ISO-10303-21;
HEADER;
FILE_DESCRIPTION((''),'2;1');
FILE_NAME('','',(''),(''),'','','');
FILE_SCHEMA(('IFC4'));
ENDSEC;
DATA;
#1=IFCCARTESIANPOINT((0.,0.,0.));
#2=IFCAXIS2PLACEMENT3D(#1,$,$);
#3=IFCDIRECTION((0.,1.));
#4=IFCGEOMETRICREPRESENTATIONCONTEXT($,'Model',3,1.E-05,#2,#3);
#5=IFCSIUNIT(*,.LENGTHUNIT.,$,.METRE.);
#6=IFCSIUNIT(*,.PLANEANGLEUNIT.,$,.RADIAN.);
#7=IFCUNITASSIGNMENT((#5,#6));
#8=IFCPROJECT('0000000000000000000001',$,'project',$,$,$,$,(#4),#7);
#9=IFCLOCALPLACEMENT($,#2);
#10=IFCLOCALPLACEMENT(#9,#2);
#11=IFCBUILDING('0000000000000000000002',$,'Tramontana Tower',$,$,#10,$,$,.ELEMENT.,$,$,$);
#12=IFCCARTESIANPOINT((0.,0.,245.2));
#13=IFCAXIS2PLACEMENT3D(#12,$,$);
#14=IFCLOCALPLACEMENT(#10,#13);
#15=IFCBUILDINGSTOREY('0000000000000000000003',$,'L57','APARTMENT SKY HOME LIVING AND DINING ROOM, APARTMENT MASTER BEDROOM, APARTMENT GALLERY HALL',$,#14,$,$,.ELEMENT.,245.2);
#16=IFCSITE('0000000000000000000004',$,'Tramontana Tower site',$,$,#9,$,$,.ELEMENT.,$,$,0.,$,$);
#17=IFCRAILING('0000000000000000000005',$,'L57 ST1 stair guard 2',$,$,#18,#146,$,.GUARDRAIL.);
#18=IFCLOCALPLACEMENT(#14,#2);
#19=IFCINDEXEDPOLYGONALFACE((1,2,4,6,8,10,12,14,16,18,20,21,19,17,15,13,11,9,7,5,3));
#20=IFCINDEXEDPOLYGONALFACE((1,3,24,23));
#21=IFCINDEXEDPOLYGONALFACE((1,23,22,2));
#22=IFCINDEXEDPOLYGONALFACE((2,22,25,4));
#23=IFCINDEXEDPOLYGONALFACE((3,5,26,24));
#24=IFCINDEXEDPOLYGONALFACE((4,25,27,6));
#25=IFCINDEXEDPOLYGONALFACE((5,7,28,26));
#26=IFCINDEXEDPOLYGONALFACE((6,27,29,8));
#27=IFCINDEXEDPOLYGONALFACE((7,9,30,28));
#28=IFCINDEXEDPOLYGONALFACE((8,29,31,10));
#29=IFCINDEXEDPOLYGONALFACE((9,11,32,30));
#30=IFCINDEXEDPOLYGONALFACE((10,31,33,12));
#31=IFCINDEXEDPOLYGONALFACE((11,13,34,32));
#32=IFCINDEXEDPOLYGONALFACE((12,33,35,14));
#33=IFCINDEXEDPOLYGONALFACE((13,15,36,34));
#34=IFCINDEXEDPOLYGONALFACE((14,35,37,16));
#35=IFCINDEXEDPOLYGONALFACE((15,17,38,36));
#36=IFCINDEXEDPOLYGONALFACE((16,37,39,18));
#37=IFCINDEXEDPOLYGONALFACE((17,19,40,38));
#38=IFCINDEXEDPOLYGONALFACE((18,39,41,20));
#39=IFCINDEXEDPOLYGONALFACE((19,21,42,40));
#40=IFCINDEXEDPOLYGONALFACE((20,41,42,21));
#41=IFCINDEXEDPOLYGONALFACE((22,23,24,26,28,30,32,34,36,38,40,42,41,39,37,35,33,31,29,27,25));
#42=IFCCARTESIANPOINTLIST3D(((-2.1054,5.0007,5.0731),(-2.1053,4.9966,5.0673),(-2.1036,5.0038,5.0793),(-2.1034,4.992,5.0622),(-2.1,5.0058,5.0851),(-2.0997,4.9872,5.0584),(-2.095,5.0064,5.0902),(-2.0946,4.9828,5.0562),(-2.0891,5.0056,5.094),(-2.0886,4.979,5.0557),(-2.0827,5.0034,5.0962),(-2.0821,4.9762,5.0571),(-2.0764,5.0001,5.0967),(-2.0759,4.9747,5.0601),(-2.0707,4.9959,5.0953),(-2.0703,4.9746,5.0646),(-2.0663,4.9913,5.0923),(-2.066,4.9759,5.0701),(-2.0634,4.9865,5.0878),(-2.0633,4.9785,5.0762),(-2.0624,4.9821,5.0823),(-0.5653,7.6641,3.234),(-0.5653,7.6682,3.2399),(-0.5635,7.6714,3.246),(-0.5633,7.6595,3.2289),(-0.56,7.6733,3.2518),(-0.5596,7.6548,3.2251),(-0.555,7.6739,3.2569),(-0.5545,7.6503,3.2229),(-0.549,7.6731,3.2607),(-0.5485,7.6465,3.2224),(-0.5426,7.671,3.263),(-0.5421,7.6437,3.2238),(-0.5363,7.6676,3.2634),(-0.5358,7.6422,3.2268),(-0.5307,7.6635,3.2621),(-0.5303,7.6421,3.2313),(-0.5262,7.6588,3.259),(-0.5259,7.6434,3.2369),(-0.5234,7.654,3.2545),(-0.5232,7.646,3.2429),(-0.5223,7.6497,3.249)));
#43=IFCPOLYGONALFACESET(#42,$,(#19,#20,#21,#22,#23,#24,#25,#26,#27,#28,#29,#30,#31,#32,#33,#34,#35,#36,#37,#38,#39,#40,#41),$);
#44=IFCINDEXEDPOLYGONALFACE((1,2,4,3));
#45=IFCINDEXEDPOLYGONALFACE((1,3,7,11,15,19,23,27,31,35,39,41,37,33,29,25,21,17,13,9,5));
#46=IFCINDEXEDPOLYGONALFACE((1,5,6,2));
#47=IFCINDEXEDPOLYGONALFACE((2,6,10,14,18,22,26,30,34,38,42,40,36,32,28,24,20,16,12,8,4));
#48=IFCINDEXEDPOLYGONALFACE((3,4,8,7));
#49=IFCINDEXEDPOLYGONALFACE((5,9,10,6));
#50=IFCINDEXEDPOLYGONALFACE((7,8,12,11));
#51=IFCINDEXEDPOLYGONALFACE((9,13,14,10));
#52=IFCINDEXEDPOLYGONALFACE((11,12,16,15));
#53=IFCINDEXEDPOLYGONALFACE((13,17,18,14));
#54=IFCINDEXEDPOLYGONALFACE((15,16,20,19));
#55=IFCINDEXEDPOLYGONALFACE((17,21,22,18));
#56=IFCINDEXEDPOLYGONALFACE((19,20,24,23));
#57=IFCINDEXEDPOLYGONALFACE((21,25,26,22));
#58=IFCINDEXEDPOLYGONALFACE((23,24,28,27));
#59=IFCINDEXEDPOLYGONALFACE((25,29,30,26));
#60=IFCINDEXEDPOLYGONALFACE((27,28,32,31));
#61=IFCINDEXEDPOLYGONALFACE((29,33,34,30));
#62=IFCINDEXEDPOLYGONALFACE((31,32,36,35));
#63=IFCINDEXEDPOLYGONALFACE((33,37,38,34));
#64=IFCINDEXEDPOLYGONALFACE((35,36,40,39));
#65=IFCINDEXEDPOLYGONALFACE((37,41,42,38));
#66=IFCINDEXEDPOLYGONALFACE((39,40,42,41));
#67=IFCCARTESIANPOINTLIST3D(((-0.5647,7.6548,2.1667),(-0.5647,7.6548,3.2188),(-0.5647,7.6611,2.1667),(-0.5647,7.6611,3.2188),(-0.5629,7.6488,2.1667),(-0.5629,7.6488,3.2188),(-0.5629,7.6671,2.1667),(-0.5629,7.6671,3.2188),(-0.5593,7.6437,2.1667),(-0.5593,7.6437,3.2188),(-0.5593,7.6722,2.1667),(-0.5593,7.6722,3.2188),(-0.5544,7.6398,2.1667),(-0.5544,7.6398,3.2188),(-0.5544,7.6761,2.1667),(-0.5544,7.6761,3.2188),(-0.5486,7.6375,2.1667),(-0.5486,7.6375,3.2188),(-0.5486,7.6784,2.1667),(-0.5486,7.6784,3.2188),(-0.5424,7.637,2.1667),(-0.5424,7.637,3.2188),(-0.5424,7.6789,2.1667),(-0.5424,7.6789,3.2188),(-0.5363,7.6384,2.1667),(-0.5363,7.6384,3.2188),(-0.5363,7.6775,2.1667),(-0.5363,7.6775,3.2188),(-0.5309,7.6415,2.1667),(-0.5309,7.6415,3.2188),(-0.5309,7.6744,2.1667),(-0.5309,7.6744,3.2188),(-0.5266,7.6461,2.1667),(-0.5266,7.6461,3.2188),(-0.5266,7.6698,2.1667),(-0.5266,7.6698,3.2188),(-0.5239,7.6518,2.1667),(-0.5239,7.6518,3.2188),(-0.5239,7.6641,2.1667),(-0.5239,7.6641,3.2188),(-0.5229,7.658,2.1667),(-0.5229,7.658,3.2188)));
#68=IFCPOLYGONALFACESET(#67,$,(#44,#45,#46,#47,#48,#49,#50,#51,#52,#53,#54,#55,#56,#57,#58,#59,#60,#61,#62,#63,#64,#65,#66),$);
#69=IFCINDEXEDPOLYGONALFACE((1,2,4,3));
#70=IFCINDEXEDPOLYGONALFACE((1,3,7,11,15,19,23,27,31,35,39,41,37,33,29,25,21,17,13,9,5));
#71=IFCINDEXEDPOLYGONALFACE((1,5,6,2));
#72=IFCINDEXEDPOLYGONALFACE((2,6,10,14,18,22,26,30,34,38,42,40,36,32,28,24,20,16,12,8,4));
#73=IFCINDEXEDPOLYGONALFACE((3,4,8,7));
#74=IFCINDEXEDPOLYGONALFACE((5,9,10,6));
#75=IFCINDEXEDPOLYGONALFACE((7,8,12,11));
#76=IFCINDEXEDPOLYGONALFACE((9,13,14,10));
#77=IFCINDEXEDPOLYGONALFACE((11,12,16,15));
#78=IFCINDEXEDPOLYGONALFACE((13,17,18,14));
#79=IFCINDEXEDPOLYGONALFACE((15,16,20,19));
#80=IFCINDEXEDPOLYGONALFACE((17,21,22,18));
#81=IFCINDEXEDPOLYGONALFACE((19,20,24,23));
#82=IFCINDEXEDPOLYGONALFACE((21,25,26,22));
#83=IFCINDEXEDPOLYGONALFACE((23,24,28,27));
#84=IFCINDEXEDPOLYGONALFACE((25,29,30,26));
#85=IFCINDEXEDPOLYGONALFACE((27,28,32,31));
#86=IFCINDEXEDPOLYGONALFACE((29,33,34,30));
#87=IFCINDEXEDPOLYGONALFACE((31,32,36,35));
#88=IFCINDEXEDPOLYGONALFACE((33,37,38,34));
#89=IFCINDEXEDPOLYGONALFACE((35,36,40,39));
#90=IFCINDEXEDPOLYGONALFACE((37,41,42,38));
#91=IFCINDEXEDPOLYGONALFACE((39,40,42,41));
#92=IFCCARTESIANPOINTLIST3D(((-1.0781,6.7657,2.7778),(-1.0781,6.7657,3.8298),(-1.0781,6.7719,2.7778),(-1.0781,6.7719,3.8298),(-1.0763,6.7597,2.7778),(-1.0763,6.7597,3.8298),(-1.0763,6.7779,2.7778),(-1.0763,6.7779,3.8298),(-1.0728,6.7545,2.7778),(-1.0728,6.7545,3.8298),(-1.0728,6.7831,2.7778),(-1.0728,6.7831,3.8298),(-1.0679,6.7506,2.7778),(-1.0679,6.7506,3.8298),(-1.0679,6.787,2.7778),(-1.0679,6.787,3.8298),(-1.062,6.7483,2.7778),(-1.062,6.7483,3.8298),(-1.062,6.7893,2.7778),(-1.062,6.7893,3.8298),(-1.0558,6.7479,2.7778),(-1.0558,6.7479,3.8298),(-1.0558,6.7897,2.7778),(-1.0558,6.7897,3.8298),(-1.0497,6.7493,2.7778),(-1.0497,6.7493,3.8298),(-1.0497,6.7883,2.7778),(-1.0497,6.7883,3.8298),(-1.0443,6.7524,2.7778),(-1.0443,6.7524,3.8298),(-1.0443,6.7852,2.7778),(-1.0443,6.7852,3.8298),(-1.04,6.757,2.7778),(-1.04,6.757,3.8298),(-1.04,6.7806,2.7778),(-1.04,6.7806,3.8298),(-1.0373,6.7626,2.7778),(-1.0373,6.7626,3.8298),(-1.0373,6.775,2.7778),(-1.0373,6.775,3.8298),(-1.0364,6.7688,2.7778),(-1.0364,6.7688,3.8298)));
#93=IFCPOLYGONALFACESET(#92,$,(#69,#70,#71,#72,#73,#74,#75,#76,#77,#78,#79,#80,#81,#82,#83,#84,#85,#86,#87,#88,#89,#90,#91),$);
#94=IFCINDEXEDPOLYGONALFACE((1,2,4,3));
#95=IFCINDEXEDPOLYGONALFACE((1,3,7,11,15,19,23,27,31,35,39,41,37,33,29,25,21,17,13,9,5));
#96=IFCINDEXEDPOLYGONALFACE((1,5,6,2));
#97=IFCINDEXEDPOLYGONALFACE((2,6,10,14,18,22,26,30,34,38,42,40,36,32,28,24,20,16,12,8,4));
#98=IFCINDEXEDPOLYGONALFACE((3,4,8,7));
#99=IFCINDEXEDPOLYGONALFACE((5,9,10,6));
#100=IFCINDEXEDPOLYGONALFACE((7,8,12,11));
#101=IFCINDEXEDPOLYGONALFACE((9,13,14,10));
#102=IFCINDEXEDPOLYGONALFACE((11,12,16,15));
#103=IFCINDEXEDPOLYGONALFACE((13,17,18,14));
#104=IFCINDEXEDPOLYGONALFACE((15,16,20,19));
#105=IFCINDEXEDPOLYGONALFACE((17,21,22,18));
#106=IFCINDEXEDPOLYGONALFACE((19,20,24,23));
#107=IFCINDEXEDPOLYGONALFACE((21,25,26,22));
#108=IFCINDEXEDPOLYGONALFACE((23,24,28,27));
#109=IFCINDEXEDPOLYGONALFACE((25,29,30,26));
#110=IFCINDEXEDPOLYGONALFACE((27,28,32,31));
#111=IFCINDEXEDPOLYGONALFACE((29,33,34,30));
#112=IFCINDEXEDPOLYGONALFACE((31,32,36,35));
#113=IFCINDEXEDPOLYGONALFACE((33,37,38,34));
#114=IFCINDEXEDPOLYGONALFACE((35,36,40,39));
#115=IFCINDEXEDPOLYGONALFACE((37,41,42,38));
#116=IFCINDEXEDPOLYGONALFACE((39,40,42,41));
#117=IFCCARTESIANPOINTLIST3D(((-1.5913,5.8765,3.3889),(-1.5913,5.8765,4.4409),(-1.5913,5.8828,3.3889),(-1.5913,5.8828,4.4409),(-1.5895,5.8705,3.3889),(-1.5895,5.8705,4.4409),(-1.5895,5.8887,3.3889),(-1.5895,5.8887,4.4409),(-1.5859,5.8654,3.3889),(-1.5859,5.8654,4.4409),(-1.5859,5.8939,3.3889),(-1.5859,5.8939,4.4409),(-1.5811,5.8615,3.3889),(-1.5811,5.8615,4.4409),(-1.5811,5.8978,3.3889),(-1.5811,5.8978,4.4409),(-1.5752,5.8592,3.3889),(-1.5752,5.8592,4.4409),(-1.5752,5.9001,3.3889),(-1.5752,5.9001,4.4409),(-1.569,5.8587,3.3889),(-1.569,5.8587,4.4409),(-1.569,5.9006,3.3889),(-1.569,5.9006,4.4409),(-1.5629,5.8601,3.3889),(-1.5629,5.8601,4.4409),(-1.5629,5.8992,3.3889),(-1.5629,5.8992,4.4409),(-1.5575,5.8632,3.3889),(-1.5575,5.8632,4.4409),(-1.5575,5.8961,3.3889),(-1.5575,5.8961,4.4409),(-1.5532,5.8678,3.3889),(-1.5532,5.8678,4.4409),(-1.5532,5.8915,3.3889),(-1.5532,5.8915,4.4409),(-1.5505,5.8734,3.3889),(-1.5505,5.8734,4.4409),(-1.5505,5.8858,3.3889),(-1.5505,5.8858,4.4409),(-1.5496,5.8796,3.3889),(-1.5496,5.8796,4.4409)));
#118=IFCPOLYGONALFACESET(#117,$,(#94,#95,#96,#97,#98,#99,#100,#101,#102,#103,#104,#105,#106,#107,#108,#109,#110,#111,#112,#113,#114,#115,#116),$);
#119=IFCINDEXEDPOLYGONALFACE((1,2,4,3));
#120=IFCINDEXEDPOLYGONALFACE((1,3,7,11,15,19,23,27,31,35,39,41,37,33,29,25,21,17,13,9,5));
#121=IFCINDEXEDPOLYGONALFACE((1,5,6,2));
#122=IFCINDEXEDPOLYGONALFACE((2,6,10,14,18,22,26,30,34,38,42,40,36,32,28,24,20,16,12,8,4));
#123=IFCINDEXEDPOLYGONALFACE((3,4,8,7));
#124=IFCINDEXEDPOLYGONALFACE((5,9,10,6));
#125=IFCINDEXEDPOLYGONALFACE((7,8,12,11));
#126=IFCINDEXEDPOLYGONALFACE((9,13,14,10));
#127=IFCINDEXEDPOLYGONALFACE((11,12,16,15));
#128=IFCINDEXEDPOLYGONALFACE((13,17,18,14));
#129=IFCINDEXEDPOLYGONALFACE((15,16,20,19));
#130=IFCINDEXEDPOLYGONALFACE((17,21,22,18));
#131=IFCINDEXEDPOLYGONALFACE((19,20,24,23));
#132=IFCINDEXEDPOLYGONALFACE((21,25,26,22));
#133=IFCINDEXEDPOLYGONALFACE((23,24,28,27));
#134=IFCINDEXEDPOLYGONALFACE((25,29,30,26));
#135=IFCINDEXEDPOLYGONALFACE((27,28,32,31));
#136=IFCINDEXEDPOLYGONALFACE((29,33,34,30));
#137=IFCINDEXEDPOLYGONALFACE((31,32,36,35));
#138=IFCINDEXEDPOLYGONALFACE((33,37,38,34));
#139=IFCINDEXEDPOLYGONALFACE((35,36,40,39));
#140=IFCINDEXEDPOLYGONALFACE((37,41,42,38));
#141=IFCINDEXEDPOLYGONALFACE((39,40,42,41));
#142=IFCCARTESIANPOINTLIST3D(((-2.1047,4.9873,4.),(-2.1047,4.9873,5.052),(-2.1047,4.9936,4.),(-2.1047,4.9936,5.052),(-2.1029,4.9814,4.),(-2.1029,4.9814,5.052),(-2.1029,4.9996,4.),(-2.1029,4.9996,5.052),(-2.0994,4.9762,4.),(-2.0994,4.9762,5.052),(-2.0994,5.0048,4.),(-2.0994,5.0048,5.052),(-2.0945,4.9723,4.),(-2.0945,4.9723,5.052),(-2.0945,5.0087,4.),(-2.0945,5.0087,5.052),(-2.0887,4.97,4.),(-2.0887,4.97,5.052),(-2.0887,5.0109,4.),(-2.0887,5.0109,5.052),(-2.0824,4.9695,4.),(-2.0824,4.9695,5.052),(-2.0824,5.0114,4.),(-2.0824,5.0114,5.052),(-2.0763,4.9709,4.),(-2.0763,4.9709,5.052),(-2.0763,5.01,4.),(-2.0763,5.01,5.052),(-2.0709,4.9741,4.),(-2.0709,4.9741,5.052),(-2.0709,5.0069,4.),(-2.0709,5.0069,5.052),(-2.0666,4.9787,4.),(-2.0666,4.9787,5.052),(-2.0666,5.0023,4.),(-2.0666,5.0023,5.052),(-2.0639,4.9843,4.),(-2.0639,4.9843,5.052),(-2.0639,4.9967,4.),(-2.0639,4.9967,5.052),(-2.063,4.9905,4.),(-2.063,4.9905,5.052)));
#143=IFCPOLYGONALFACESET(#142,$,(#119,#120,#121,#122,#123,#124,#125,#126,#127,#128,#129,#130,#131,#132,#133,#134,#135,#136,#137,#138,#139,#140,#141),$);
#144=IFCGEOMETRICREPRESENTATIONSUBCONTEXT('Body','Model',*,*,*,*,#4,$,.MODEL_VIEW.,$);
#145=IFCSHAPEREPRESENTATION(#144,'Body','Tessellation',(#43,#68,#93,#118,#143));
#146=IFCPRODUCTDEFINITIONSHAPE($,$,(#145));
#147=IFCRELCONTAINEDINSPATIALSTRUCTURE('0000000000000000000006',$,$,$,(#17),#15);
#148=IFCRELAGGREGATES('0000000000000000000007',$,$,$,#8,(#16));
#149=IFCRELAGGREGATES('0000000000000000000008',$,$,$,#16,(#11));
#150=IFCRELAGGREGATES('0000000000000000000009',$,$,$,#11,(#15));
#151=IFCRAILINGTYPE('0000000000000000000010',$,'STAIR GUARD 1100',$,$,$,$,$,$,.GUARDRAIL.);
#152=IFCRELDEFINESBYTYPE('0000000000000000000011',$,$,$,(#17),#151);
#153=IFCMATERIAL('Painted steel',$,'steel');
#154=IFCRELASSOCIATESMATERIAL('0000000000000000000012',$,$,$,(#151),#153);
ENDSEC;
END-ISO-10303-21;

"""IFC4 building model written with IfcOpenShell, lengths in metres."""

from ifc_helpers import new_model, si_unit, direction, frame, origin, origin_2d, place, context, subcontext, project, spatial, circle, extrude, material, type_object, element, save


model = new_model("IFC4")

# Units and contexts
model_context = context("Model", 3, precision=1e-05, world=origin(), true_north=direction((0.0, 1.0)))
body_context = subcontext(model_context, "Body", "Model", "MODEL_VIEW")
ifc_project = project(units=[si_unit("LENGTHUNIT", "METRE"), si_unit("PLANEANGLEUNIT", "RADIAN")], contexts=[model_context])

# Site, building, storey
site_placement = place(None, origin())
site = spatial("IfcSite", under=ifc_project, at=site_placement, Name="Tramontana Tower site", CompositionType="ELEMENT", RefElevation=0.0)
building_placement = place(site_placement, origin())
building = spatial("IfcBuilding", under=site, at=building_placement, Name="Tramontana Tower", CompositionType="ELEMENT")
storey_placement = place(building_placement, frame((0.0, 0.0, 245.2)))
storey = spatial("IfcBuildingStorey", under=building, at=storey_placement, Name="L57", Description="APARTMENT SKY HOME LIVING AND DINING ROOM, APARTMENT MASTER BEDROOM, APARTMENT GALLERY HALL", CompositionType="ELEMENT", Elevation=245.2)

# Railing
ifc_material_1 = material(Name="Painted steel", Category="steel")
railing_type_1 = type_object("IfcRailingType", Name="STAIR GUARD 1100", PredefinedType="GUARDRAIL", material=ifc_material_1)
railing_1_placement = place(storey_placement, frame((-0.5439, 7.658, 2.1667)))
element("IfcRailing", 1, at=railing_1_placement, inside=storey, type_object=railing_type_1, Name="L57 ST1 stair guard 2", PredefinedType="GUARDRAIL", context=body_context, shape_type="SweptSolid", body=[
    extrude(circle(Radius=0.0239, at=origin_2d()), frame((0.0, 0.0, 1.0762), z_axis=(-0.429649, -0.74419, 0.511452), x_axis=(0.86603, -0.499992, 0.0)), (0.0, 0.0, 1.0), 3.5845),
    extrude(circle(Radius=0.021, at=origin_2d()), origin(), (0.0, 0.0, 1.0), 1.052),
    extrude(circle(Radius=0.021, at=origin_2d()), frame((-0.5134, -0.8892, 0.6111)), (0.0, 0.0, 1.0), 1.052),
    extrude(circle(Radius=0.021, at=origin_2d()), frame((-1.0266, -1.7783, 1.2222)), (0.0, 0.0, 1.0), 1.052),
    extrude(circle(Radius=0.021, at=origin_2d()), frame((-1.54, -2.6675, 1.8333)), (0.0, 0.0, 1.0), 1.052),
])

save(model, "model.ifc")
